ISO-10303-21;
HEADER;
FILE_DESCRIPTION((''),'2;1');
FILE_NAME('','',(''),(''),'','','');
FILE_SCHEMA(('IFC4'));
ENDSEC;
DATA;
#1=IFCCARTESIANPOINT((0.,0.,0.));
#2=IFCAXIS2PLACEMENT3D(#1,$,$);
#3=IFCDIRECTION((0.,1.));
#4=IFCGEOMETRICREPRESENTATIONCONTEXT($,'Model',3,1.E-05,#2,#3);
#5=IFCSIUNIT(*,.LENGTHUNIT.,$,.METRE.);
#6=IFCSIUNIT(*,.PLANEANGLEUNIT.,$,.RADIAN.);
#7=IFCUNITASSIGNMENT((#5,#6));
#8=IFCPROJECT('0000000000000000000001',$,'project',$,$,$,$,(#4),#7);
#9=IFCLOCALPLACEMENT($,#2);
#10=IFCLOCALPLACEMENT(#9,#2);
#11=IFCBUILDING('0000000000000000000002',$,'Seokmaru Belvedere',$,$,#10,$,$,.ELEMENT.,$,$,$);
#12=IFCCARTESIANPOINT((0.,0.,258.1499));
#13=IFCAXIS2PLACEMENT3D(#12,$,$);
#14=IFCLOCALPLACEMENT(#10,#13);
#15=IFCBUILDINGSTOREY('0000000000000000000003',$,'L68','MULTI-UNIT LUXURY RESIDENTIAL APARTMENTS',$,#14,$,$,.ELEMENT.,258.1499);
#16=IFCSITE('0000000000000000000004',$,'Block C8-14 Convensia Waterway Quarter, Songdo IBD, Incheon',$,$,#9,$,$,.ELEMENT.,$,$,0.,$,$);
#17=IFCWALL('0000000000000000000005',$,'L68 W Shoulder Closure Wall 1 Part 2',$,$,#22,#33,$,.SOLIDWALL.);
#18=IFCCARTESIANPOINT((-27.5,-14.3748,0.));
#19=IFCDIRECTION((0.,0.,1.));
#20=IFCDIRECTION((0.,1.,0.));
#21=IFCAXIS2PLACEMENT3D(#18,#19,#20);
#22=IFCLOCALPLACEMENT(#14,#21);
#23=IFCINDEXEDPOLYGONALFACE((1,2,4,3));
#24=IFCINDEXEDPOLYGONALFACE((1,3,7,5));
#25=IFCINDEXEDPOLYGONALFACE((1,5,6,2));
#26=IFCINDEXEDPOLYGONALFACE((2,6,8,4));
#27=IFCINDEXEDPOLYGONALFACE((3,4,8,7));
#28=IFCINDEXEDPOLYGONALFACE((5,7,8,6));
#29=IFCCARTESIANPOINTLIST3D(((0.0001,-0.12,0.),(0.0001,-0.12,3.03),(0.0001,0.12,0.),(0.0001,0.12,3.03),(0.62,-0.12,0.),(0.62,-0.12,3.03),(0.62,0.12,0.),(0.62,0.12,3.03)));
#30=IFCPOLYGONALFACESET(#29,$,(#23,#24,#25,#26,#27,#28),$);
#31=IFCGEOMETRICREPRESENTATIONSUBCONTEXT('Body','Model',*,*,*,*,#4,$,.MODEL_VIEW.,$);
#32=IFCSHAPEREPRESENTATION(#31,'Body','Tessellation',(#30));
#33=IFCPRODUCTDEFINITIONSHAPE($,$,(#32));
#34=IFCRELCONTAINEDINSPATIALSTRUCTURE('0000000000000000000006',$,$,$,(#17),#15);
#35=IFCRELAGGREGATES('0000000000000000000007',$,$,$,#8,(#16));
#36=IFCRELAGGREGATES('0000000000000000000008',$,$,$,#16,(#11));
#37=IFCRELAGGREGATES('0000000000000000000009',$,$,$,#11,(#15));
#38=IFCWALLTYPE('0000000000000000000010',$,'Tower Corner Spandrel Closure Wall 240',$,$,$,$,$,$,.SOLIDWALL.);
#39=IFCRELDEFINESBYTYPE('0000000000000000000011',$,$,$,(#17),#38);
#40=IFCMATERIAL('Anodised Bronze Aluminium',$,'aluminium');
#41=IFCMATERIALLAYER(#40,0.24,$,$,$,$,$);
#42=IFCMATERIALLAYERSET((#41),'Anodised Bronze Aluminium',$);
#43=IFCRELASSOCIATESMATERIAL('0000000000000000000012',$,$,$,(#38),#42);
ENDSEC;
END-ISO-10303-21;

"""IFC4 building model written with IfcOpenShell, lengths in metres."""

from ifc_helpers import new_model, si_unit, direction, frame, frame_2d, origin, place, context, subcontext, project, spatial, rectangle, extrude, material, layer, layer_set, type_object, element, save


model = new_model("IFC4")

# Units and contexts
model_context = context("Model", 3, precision=1e-05, world=origin(), true_north=direction((0.0, 1.0)))
body_context = subcontext(model_context, "Body", "Model", "MODEL_VIEW")
ifc_project = project(units=[si_unit("LENGTHUNIT", "METRE"), si_unit("PLANEANGLEUNIT", "RADIAN")], contexts=[model_context])

# Site, building, storey
site_placement = place(None, origin())
site = spatial("IfcSite", under=ifc_project, at=site_placement, Name="Block C8-14 Convensia Waterway Quarter, Songdo IBD, Incheon", CompositionType="ELEMENT", RefElevation=0.0)
building_placement = place(site_placement, origin())
building = spatial("IfcBuilding", under=site, at=building_placement, Name="Seokmaru Belvedere", CompositionType="ELEMENT")
storey_placement = place(building_placement, frame((0.0, 0.0, 258.1499)))
storey = spatial("IfcBuildingStorey", under=building, at=storey_placement, Name="L68", Description="MULTI-UNIT LUXURY RESIDENTIAL APARTMENTS", CompositionType="ELEMENT", Elevation=258.1499)

# Shared definitions
ifc_material_1 = material(Name="Anodised Bronze Aluminium", Category="aluminium")

# Wall
ifc_layer_1 = layer(ifc_material_1, 0.24)
ifc_layer_set_1 = layer_set([ifc_layer_1], Name="Anodised Bronze Aluminium")
wall_type_1 = type_object("IfcWallType", Name="Tower Corner Spandrel Closure Wall 240", PredefinedType="SOLIDWALL", material=ifc_layer_set_1)
wall_1_placement = place(storey_placement, frame((-27.5, -14.3748, 0.0), z_axis=(0.0, 0.0, 1.0), x_axis=(0.0, 1.0, 0.0)))
element("IfcWall", 1, at=wall_1_placement, inside=storey, type_object=wall_type_1, Name="L68 W Shoulder Closure Wall 1 Part 2", PredefinedType="SOLIDWALL", context=body_context, shape_type="SweptSolid", body=[
    extrude(rectangle(XDim=0.6199, YDim=0.24, at=frame_2d((0.3101, 0.0))), origin(), (0.0, 0.0, 1.0), 3.03),
])

save(model, "model.ifc")
